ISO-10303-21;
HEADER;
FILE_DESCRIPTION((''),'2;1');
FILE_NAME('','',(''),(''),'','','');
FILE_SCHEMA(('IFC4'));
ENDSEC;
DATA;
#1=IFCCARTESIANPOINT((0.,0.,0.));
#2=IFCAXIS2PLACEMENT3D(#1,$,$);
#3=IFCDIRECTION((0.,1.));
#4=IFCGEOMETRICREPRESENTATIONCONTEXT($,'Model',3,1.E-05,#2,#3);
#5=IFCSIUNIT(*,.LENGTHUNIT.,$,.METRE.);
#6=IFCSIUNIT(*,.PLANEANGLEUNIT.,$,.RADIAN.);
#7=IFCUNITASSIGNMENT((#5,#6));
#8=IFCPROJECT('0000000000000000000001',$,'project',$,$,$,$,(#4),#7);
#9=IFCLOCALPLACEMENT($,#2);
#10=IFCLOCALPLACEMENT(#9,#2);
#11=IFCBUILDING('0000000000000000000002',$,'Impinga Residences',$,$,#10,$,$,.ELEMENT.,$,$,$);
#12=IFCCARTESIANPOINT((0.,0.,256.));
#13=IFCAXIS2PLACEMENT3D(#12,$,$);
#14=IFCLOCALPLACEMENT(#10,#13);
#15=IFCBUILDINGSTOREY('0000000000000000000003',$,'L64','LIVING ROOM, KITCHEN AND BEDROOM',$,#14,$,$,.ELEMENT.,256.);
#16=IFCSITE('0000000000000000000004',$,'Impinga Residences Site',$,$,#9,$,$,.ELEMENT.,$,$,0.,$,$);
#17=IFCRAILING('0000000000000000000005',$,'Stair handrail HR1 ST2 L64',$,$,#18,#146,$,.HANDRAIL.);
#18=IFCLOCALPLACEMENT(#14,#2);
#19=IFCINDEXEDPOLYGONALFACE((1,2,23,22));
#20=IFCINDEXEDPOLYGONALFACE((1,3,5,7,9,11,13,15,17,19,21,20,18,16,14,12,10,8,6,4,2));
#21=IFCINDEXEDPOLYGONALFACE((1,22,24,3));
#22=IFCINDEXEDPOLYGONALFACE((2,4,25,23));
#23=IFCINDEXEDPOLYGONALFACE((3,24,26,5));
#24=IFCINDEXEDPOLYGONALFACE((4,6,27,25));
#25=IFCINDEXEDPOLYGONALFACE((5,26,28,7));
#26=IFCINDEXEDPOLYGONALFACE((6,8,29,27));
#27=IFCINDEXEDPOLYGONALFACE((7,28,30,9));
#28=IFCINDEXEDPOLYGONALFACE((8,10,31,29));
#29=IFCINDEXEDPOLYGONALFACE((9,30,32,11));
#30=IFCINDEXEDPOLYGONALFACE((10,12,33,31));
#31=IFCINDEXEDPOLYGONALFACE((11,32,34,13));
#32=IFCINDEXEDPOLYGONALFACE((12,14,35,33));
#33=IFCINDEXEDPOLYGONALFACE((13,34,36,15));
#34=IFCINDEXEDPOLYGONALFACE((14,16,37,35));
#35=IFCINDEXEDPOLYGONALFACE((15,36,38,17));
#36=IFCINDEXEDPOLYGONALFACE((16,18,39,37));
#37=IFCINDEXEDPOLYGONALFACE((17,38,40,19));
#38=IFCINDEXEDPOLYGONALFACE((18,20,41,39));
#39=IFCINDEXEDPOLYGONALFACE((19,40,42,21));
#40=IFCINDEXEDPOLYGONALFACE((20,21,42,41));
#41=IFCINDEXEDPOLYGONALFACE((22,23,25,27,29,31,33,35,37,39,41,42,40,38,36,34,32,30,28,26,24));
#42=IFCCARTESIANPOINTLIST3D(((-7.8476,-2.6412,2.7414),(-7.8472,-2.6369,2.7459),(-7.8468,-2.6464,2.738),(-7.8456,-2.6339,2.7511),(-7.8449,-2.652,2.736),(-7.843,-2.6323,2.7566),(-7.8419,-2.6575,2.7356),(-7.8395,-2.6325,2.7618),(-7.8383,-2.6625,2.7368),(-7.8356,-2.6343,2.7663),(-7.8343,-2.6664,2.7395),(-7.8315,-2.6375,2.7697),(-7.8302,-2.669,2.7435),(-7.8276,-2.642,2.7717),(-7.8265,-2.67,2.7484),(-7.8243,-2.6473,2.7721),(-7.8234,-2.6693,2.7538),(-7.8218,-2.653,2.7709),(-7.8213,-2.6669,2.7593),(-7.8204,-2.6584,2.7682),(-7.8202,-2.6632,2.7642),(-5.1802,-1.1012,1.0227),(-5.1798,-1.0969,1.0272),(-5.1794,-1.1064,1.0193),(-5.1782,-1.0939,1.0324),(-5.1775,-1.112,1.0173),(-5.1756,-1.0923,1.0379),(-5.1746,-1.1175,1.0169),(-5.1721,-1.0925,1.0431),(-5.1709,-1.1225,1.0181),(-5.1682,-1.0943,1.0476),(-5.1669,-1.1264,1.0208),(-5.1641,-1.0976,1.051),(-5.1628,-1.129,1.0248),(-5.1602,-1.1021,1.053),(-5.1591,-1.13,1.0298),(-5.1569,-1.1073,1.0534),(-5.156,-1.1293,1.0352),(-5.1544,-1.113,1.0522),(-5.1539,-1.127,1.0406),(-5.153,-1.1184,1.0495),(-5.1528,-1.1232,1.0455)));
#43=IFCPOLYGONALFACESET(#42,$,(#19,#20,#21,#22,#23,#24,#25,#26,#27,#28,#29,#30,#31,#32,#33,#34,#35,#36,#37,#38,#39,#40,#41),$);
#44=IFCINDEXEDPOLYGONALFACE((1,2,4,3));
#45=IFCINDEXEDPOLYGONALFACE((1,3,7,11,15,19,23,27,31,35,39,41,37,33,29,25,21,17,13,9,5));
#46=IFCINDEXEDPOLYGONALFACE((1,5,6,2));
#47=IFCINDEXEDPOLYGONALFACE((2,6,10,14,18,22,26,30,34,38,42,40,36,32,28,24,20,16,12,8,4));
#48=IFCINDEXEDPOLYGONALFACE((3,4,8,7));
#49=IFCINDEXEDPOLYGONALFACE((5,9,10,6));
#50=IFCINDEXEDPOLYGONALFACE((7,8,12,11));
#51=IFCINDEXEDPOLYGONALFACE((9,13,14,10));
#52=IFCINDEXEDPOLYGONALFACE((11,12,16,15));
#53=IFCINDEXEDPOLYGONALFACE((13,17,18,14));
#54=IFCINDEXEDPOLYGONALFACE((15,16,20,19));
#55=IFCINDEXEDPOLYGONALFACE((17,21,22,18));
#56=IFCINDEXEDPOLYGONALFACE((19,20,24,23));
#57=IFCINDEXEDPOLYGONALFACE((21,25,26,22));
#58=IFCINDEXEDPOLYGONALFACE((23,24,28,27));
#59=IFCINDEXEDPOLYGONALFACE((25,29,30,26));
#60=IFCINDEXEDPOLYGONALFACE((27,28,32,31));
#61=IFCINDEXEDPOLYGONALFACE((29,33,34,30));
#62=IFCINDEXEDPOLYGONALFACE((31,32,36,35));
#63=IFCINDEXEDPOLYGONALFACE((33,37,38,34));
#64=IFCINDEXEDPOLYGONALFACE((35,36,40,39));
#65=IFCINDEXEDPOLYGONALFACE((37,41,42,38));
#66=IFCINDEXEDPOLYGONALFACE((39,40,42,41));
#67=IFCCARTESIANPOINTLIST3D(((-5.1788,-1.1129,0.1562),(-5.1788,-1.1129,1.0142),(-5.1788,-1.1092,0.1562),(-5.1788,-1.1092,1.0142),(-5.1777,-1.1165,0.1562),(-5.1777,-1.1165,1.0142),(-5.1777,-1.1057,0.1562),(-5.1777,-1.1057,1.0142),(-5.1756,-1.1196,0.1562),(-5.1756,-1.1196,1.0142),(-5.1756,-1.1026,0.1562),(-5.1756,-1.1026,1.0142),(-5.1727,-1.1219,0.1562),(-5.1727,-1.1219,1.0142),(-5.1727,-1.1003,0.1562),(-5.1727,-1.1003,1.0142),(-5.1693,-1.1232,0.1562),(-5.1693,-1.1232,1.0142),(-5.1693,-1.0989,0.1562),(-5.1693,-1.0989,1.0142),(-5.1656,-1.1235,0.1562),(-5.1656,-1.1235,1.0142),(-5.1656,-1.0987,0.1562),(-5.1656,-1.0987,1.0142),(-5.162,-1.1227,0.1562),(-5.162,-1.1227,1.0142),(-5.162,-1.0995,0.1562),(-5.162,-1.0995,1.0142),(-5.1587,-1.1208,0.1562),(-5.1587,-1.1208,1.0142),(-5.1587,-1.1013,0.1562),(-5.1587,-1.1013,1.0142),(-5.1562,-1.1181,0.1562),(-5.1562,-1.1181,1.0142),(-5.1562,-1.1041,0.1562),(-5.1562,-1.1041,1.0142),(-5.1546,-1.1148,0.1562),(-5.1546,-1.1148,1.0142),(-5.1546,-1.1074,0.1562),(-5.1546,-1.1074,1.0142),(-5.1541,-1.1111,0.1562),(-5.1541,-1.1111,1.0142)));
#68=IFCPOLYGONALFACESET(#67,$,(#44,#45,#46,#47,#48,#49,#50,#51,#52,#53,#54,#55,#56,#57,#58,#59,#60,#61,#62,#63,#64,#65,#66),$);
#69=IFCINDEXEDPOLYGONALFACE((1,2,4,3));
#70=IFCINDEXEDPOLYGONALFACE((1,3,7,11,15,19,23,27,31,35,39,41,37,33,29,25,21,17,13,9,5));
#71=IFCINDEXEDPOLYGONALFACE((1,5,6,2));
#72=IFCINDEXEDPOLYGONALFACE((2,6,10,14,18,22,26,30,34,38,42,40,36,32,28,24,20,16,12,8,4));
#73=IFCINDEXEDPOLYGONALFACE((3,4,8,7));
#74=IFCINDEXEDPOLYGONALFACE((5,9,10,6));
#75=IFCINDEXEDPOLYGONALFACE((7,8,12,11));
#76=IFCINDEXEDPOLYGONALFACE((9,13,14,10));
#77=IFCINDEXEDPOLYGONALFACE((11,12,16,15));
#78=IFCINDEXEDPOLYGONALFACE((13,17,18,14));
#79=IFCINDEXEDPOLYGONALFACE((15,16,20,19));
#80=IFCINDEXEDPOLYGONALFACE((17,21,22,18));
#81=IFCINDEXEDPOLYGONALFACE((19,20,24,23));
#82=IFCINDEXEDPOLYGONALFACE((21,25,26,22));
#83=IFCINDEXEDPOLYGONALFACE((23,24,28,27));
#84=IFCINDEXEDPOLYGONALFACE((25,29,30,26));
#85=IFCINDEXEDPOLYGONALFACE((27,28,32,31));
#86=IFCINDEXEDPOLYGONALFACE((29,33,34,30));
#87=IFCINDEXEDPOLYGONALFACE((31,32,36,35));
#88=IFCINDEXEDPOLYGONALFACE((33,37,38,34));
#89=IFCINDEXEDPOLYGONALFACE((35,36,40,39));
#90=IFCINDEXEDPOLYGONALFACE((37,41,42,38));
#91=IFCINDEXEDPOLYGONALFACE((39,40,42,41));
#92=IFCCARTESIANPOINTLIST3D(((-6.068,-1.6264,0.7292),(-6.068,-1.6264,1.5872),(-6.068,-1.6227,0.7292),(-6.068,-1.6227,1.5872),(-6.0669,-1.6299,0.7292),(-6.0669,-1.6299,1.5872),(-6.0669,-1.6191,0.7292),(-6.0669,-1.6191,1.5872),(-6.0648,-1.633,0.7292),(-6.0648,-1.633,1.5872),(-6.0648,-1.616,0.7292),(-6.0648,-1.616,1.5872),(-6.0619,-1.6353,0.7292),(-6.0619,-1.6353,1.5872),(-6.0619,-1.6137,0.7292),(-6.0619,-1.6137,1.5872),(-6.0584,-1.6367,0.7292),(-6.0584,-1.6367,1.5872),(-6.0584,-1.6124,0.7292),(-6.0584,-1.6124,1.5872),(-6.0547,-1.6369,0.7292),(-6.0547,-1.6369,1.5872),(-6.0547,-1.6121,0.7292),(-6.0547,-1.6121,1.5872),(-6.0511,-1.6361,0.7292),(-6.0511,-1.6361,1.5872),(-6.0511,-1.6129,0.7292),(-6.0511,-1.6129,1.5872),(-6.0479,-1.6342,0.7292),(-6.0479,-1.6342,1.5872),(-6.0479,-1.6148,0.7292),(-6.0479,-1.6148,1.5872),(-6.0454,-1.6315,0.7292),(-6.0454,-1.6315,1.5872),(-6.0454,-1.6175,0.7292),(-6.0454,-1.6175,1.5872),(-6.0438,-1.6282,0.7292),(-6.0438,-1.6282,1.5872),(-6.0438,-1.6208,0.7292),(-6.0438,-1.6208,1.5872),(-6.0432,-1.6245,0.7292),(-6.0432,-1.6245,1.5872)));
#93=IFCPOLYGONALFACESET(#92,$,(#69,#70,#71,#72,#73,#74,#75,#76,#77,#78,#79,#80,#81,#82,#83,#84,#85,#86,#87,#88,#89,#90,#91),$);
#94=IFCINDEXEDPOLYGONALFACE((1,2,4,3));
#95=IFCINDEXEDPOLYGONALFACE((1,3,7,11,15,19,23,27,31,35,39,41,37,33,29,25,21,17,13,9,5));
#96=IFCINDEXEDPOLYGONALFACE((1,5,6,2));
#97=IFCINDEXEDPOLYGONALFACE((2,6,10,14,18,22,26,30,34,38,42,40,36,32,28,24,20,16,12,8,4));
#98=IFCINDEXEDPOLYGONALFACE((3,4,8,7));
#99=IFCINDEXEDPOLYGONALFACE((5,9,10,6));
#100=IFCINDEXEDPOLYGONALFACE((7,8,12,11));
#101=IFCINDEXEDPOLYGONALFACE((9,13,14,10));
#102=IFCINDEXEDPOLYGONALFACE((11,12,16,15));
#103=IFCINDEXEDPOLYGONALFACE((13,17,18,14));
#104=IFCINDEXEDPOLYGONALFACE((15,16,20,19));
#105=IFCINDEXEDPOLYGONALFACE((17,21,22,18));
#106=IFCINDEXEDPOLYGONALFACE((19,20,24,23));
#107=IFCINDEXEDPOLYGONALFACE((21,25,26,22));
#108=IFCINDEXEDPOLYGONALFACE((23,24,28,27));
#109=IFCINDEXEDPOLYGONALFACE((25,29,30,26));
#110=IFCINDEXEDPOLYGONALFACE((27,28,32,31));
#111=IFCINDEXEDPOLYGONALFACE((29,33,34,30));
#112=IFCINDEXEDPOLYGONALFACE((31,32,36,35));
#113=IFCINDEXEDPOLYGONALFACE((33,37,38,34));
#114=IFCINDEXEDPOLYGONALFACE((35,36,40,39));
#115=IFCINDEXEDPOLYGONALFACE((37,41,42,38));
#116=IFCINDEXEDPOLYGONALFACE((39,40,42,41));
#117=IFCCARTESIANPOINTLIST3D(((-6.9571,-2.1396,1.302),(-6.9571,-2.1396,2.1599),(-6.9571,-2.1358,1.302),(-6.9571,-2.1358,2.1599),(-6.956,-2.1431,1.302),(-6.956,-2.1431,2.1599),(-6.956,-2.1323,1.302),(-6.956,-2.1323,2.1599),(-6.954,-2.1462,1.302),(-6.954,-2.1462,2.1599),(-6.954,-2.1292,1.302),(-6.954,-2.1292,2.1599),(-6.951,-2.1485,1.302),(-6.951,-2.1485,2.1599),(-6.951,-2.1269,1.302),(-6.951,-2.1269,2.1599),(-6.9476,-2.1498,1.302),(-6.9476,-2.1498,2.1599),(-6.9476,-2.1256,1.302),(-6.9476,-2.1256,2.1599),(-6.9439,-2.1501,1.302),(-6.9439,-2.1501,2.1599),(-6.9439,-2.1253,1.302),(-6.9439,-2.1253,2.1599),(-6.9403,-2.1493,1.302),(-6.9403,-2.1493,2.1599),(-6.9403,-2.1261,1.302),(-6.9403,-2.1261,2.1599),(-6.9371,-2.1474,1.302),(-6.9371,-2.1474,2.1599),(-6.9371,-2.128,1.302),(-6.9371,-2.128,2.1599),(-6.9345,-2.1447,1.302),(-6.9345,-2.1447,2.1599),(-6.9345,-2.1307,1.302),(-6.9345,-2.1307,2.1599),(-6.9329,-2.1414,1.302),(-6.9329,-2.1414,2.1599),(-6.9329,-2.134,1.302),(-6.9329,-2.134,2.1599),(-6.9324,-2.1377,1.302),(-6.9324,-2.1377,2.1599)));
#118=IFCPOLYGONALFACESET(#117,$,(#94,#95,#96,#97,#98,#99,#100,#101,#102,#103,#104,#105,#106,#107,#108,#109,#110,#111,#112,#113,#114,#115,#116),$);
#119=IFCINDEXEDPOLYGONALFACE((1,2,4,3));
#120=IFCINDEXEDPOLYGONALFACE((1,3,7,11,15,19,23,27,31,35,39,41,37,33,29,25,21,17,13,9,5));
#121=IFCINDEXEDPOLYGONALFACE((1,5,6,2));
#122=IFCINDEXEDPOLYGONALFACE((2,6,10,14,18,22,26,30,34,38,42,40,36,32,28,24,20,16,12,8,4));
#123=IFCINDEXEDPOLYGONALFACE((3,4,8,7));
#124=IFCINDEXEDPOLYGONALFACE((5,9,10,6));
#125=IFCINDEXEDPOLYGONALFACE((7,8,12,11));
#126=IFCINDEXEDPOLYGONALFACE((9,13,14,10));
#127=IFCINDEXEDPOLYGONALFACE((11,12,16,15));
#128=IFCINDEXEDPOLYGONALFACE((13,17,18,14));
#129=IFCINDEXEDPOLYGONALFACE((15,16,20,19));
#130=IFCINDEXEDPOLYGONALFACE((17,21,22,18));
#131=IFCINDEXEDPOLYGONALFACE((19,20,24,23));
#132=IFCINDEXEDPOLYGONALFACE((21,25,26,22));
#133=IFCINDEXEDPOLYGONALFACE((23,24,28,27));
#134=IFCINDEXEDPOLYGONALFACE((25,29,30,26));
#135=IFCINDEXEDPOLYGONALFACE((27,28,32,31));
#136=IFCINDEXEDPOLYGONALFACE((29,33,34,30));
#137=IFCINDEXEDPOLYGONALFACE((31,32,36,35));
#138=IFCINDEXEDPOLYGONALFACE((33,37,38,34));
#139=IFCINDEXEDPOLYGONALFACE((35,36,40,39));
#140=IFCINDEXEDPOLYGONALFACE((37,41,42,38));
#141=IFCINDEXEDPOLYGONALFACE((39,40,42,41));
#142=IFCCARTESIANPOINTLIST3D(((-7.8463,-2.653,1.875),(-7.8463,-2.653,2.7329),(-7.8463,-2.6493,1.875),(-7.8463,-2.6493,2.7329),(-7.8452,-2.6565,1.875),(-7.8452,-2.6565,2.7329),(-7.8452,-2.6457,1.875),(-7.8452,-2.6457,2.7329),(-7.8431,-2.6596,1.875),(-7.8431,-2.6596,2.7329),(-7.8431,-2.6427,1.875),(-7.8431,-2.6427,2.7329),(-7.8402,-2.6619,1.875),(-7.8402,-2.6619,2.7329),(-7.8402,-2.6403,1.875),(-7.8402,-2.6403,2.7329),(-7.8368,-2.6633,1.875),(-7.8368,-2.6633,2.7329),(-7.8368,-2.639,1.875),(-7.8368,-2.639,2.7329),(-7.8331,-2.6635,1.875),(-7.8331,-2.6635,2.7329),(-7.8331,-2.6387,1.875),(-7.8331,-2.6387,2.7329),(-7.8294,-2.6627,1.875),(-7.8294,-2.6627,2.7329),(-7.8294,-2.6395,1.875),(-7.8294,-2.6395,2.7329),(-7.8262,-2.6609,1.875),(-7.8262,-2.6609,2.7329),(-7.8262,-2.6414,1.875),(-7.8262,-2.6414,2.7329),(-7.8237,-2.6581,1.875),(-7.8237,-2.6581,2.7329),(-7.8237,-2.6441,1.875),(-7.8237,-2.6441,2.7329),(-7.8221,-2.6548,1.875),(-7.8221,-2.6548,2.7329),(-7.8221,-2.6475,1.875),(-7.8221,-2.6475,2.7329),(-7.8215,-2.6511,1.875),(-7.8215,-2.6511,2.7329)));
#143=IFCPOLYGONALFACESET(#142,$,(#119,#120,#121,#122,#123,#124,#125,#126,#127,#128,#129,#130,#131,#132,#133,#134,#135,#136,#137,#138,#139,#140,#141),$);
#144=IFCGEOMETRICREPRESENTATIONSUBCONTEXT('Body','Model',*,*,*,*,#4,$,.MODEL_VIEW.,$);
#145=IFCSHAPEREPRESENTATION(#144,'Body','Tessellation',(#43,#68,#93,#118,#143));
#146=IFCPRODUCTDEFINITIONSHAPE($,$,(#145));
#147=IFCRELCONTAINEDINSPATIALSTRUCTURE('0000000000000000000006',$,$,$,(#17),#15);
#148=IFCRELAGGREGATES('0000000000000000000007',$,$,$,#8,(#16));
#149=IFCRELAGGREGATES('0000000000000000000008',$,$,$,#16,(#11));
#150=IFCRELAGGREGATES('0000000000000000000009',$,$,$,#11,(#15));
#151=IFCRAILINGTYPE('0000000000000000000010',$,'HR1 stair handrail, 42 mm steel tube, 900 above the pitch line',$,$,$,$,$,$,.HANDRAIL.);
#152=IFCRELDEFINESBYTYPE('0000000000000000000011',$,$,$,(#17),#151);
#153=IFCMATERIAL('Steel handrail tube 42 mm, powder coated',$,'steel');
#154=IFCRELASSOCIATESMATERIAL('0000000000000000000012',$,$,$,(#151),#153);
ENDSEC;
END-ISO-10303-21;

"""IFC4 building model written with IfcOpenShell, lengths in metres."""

from ifc_helpers import new_model, si_unit, direction, frame, origin, origin_2d, place, context, subcontext, project, spatial, circle, extrude, material, type_object, element, save


model = new_model("IFC4")

# Units and contexts
model_context = context("Model", 3, precision=1e-05, world=origin(), true_north=direction((0.0, 1.0)))
body_context = subcontext(model_context, "Body", "Model", "MODEL_VIEW")
ifc_project = project(units=[si_unit("LENGTHUNIT", "METRE"), si_unit("PLANEANGLEUNIT", "RADIAN")], contexts=[model_context])

# Site, building, storey
site_placement = place(None, origin())
site = spatial("IfcSite", under=ifc_project, at=site_placement, Name="Impinga Residences Site", CompositionType="ELEMENT", RefElevation=0.0)
building_placement = place(site_placement, origin())
building = spatial("IfcBuilding", under=site, at=building_placement, Name="Impinga Residences", CompositionType="ELEMENT")
storey_placement = place(building_placement, frame((0.0, 0.0, 256.0)))
storey = spatial("IfcBuildingStorey", under=building, at=storey_placement, Name="L64", Description="LIVING ROOM, KITCHEN AND BEDROOM", CompositionType="ELEMENT", Elevation=256.0)

# Railing
ifc_material_1 = material(Name="Steel handrail tube 42 mm, powder coated", Category="steel")
railing_type_1 = type_object("IfcRailingType", Name="HR1 stair handrail, 42 mm steel tube, 900 above the pitch line", PredefinedType="HANDRAIL", material=ifc_material_1)
railing_1_placement = place(storey_placement, frame((-5.1665, -1.1111, 0.1562)))
element("IfcRailing", 1, at=railing_1_placement, inside=storey, type_object=railing_type_1, Name="Stair handrail HR1 ST2 L64", PredefinedType="HANDRAIL", context=body_context, shape_type="SweptSolid", body=[
    extrude(circle(Radius=0.021, at=origin_2d()), frame((0.0, 0.0, 0.8789), z_axis=(-0.756256, -0.436616, 0.487282), x_axis=(0.499992, -0.86603, 0.0)), (0.0, 0.0, 1.0), 3.5271),
    extrude(circle(Radius=0.0125, at=origin_2d()), origin(), (0.0, 0.0, 1.0), 0.8579),
    extrude(circle(Radius=0.0125, at=origin_2d()), frame((-0.8892, -0.5134, 0.573)), (0.0, 0.0, 1.0), 0.8579),
    extrude(circle(Radius=0.0125, at=origin_2d()), frame((-1.7783, -1.0266, 1.1458)), (0.0, 0.0, 1.0), 0.8579),
    extrude(circle(Radius=0.0125, at=origin_2d()), frame((-2.6675, -1.54, 1.7188)), (0.0, 0.0, 1.0), 0.8579),
])

save(model, "model.ifc")
